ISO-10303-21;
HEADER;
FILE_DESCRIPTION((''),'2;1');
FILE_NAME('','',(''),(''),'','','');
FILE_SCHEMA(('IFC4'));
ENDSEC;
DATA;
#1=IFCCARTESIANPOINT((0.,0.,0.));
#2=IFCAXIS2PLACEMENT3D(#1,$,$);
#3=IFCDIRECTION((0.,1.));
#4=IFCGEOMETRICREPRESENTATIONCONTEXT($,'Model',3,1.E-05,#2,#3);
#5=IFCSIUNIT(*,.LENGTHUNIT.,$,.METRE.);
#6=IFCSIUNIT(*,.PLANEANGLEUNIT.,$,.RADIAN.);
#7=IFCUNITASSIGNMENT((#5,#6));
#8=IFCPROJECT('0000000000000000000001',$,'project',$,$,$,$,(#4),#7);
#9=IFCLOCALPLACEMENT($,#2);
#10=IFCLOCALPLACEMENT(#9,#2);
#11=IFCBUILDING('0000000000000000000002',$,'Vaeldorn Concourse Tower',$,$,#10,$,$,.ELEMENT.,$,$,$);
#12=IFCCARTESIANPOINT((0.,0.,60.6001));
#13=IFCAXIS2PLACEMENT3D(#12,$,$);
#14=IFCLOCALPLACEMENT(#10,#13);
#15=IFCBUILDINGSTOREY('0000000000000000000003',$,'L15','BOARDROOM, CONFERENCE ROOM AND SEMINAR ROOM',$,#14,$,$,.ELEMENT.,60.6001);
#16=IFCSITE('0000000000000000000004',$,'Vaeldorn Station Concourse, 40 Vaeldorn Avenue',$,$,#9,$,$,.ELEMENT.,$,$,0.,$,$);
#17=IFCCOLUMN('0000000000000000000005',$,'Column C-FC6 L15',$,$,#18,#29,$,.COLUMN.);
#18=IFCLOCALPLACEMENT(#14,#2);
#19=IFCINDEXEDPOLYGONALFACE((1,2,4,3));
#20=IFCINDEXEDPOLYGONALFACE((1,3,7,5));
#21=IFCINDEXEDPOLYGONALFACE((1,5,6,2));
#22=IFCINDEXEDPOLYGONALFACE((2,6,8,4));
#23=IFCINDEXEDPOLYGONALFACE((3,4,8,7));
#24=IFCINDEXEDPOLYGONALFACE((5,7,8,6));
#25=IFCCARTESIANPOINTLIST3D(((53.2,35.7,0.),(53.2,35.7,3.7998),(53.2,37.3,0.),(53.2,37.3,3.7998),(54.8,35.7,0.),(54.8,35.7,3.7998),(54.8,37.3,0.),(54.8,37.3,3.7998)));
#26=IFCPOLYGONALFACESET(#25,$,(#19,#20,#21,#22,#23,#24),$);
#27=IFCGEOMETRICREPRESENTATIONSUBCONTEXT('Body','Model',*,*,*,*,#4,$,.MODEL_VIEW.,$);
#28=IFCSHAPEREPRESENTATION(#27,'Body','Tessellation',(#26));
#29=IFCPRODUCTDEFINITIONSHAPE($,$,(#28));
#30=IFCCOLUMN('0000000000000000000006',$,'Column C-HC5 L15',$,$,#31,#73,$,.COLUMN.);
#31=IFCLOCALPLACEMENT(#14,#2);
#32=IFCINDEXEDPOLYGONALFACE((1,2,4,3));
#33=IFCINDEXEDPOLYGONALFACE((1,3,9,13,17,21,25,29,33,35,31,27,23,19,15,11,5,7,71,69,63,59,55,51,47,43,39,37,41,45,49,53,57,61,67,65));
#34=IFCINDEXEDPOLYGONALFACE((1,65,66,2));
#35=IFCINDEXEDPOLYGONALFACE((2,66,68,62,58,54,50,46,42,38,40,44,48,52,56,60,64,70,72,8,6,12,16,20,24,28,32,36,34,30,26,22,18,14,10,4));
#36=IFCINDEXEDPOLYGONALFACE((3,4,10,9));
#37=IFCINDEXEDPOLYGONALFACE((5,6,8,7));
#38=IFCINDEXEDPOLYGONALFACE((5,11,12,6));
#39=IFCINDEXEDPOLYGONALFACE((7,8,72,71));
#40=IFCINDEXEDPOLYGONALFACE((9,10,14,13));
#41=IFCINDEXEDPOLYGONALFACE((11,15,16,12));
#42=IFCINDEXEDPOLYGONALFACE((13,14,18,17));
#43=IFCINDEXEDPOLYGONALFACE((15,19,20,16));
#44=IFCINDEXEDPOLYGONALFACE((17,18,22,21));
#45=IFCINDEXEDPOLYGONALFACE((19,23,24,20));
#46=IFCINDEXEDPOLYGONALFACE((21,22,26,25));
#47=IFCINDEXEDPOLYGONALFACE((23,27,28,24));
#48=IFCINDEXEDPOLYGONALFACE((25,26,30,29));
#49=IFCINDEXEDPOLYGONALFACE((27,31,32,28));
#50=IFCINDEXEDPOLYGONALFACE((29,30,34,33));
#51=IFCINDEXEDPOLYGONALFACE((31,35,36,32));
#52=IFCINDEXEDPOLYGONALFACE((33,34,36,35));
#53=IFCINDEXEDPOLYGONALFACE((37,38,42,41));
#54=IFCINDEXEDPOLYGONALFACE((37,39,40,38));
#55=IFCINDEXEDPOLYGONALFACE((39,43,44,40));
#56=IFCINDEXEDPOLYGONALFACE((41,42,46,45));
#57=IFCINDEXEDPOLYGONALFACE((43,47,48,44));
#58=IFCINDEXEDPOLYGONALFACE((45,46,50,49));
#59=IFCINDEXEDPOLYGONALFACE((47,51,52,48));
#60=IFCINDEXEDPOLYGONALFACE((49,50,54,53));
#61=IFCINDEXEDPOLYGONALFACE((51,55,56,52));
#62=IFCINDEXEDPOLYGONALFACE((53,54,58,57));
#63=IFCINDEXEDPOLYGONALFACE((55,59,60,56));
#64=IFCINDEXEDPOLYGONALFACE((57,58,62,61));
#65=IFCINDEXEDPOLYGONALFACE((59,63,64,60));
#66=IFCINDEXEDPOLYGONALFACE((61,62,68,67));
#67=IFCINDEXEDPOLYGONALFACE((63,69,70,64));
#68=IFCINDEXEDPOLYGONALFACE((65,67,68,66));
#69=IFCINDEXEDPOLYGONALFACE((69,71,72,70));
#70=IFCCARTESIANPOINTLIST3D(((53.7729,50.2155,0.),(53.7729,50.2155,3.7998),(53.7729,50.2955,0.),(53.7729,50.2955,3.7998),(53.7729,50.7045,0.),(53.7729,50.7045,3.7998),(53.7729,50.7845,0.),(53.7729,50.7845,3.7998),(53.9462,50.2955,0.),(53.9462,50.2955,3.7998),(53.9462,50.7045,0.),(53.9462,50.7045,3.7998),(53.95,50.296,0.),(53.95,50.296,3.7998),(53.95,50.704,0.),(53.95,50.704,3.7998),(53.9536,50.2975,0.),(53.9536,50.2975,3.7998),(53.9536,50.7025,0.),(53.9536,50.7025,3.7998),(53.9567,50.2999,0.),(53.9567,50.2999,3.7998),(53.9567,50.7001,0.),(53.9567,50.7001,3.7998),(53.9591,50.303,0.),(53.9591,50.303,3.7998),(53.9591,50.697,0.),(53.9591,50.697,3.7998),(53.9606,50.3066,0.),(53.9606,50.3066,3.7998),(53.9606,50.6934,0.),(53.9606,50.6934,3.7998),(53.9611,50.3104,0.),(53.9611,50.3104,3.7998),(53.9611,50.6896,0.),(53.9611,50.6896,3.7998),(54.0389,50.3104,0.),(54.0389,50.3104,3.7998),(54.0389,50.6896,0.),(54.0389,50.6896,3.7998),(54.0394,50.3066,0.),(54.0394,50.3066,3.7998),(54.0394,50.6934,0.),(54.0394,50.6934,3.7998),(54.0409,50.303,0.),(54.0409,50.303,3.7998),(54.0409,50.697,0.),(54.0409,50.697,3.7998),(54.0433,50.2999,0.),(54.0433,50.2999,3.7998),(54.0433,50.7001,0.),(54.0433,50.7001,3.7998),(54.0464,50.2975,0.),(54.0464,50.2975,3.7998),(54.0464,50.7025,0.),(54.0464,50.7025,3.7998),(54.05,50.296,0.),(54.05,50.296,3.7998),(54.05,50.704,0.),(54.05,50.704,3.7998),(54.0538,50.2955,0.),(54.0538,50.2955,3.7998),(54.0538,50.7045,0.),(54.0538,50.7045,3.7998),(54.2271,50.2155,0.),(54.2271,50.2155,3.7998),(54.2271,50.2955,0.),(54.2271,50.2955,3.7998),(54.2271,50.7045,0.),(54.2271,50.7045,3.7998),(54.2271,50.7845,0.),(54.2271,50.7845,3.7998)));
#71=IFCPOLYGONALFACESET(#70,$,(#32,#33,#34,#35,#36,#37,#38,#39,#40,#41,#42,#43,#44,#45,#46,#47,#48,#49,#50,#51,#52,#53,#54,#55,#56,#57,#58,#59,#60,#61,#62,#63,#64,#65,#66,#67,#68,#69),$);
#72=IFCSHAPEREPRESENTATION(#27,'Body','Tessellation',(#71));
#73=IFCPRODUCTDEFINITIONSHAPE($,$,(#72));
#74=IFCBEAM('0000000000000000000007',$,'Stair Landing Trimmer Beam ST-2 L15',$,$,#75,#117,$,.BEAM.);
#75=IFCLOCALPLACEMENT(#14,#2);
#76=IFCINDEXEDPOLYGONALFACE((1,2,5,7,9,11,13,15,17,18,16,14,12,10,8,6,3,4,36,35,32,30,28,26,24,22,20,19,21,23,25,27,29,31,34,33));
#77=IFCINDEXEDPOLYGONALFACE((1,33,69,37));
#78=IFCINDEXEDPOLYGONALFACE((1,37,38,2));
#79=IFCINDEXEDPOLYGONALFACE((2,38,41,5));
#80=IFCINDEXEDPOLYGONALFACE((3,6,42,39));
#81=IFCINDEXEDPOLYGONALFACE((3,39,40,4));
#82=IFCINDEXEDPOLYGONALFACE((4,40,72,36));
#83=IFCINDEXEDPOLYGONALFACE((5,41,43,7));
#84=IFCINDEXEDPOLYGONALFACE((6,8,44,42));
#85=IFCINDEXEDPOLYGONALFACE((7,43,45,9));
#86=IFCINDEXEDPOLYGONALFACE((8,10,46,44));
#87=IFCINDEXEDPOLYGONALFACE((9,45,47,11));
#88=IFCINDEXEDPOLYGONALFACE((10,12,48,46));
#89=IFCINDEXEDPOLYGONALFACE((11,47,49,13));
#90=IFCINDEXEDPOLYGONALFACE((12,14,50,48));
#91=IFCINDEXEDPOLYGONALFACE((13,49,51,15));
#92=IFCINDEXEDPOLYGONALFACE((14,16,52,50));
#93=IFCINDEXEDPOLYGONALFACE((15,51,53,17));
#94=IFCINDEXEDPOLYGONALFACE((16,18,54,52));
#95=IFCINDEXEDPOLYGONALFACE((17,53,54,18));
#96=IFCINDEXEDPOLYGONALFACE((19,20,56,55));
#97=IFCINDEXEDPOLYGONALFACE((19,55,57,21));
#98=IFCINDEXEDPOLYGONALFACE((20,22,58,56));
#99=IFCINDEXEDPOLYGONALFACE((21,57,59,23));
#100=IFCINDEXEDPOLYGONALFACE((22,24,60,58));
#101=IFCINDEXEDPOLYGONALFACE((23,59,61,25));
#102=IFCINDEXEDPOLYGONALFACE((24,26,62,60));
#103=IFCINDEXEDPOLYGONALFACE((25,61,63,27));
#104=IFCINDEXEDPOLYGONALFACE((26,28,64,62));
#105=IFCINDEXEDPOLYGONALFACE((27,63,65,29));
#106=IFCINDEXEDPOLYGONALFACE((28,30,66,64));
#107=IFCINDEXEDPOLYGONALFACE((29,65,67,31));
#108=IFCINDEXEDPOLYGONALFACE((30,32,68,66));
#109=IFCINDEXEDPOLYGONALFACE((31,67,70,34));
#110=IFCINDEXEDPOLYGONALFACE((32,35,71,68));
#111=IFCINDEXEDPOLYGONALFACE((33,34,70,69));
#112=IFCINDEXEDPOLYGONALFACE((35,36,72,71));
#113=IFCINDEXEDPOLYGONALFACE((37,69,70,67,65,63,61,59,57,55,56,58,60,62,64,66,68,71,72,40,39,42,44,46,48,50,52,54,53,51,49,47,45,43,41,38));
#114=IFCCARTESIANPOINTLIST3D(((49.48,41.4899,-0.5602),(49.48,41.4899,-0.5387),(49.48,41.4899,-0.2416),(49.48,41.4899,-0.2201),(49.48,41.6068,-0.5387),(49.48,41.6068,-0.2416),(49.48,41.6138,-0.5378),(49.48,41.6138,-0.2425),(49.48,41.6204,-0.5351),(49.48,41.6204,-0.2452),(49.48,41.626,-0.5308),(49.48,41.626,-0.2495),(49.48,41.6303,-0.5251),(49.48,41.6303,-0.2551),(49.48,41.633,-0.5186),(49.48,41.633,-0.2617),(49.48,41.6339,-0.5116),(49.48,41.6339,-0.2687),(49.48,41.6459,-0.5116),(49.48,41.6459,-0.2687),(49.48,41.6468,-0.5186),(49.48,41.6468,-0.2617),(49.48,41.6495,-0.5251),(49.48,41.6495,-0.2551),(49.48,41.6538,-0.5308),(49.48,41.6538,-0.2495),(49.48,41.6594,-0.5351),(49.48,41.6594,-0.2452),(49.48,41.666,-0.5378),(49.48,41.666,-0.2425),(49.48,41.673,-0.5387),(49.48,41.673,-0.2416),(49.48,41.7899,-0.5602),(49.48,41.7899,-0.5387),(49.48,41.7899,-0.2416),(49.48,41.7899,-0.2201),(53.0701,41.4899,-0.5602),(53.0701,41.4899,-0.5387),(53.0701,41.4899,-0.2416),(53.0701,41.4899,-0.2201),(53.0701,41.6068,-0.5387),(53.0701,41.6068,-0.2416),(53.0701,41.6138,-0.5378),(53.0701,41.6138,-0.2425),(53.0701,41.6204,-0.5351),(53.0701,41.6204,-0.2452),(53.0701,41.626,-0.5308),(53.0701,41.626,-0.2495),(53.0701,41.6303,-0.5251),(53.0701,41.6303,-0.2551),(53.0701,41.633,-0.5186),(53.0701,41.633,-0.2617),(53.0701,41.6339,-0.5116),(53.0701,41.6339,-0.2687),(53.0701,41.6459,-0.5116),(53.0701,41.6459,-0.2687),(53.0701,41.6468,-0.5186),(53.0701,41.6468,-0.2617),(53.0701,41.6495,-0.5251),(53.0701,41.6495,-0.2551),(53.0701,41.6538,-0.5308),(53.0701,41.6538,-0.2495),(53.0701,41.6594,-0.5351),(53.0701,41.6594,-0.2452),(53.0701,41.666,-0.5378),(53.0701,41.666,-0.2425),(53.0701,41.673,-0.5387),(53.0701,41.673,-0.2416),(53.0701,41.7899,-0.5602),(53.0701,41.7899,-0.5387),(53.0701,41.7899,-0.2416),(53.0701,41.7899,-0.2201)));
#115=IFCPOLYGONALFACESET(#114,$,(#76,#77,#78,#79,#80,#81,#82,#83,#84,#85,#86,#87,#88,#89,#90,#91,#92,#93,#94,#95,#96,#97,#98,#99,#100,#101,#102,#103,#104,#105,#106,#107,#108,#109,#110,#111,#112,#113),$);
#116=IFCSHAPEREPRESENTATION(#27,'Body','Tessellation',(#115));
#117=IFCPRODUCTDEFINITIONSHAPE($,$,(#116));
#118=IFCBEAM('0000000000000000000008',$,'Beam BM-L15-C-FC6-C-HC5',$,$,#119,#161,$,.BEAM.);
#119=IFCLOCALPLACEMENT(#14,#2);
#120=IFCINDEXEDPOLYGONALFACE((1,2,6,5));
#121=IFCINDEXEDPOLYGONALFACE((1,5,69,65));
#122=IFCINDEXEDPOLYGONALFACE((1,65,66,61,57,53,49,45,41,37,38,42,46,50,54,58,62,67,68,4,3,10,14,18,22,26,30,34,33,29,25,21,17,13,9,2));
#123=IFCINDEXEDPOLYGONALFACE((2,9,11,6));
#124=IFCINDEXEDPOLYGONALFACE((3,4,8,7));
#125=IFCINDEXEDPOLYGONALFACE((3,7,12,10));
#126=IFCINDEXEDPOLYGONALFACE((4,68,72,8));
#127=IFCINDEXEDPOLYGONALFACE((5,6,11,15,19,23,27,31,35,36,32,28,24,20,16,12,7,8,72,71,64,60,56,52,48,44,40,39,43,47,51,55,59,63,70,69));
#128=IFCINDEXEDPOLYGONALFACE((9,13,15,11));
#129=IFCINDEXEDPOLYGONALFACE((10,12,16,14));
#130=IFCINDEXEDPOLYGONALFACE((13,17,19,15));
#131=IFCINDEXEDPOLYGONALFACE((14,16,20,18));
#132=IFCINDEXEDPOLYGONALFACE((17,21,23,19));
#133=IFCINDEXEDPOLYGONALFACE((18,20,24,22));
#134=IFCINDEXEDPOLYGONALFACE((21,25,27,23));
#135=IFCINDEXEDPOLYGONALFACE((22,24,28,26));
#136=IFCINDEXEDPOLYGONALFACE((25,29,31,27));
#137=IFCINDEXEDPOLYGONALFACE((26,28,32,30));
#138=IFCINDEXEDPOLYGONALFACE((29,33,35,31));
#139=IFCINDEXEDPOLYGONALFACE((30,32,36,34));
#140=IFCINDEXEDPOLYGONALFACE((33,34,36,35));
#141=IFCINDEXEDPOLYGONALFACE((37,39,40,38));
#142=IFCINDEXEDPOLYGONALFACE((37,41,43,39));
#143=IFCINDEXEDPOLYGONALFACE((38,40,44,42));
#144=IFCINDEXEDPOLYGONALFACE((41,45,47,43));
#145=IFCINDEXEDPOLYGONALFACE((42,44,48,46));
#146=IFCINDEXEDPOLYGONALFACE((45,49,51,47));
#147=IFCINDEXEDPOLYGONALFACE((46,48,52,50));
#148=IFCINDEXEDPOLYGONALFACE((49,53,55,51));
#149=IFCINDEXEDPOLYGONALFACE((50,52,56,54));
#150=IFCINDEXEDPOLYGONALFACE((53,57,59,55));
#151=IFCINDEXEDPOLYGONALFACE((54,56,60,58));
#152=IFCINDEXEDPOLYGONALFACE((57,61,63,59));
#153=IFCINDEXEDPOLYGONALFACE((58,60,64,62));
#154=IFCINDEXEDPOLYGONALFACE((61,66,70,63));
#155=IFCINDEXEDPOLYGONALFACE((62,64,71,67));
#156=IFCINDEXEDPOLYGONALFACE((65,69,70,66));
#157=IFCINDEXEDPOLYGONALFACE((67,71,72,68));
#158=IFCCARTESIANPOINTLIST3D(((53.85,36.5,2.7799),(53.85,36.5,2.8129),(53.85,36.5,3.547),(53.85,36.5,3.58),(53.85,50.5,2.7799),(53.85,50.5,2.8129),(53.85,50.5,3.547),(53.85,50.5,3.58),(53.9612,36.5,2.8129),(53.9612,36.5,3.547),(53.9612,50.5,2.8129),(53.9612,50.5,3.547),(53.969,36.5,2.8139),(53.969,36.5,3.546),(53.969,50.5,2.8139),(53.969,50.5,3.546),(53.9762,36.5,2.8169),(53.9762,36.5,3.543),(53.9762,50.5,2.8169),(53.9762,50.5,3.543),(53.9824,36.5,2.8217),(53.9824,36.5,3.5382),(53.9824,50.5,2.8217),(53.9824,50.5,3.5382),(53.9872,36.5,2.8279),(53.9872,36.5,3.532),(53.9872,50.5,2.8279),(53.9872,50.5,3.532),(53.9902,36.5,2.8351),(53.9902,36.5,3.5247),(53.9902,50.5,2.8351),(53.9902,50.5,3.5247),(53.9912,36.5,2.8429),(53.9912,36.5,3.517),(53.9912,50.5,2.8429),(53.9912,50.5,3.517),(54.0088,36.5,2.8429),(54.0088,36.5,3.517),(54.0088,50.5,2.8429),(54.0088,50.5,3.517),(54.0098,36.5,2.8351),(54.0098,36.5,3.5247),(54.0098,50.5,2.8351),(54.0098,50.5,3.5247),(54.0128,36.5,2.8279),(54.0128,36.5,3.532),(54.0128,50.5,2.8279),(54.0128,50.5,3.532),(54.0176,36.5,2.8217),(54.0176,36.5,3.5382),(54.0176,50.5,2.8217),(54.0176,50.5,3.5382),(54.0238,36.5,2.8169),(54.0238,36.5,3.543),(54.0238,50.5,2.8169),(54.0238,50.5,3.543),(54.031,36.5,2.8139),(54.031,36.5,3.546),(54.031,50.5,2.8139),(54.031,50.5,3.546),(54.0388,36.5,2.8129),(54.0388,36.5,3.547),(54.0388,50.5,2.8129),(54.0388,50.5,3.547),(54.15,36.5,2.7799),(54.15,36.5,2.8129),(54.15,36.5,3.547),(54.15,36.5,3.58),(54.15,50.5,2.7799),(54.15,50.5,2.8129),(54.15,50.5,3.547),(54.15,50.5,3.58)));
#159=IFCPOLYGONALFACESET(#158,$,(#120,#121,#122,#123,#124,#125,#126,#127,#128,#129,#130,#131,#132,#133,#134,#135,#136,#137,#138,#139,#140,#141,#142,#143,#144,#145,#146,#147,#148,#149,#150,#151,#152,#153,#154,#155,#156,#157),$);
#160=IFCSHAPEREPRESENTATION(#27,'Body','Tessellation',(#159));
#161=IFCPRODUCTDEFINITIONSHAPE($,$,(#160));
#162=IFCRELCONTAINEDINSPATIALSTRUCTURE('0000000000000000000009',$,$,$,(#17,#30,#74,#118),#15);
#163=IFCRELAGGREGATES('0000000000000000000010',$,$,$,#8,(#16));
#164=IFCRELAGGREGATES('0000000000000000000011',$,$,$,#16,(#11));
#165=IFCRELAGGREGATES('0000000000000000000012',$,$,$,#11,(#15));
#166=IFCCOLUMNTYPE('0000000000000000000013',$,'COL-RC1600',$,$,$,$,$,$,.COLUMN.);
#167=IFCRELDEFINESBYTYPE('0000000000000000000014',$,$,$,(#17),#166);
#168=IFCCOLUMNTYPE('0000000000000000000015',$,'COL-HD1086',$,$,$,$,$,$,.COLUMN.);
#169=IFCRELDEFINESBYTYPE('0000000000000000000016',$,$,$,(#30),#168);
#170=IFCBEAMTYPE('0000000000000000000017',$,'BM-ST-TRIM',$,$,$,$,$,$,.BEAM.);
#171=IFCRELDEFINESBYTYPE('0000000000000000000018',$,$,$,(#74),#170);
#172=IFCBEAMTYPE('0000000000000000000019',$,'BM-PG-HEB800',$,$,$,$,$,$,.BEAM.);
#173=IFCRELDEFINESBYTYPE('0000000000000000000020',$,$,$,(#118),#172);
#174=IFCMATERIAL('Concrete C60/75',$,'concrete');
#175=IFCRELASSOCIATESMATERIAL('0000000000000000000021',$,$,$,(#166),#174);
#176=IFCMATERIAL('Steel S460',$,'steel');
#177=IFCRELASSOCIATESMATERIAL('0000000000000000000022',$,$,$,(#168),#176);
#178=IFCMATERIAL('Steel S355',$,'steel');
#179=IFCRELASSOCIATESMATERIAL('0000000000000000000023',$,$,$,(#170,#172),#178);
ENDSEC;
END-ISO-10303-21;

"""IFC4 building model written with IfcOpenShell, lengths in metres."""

from ifc_helpers import new_model, si_unit, direction, frame, origin, origin_2d, place, context, subcontext, project, spatial, rectangle, i_section, extrude, source, transform, mapped, material, material_profile, profile_set, type_object, element, save


model = new_model("IFC4")

# Units and contexts
model_context = context("Model", 3, precision=1e-05, world=origin(), true_north=direction((0.0, 1.0)))
body_context = subcontext(model_context, "Body", "Model", "MODEL_VIEW")
ifc_project = project(units=[si_unit("LENGTHUNIT", "METRE"), si_unit("PLANEANGLEUNIT", "RADIAN")], contexts=[model_context])

# Site, building, storey
site_placement = place(None, origin())
site = spatial("IfcSite", under=ifc_project, at=site_placement, Name="Vaeldorn Station Concourse, 40 Vaeldorn Avenue", CompositionType="ELEMENT", RefElevation=0.0)
building_placement = place(site_placement, origin())
building = spatial("IfcBuilding", under=site, at=building_placement, Name="Vaeldorn Concourse Tower", CompositionType="ELEMENT")
storey_placement = place(building_placement, frame((0.0, 0.0, 60.6001)))
storey = spatial("IfcBuildingStorey", under=building, at=storey_placement, Name="L15", Description="BOARDROOM, CONFERENCE ROOM AND SEMINAR ROOM", CompositionType="ELEMENT", Elevation=60.6001)

# Columns
ifc_material_1 = material(Name="Concrete C60/75", Category="concrete")
ifc_material_profile_1 = material_profile(ifc_material_1, rectangle(XDim=1.6001, YDim=1.6001, at=origin_2d()), Name="RC 1600x1600")
ifc_profile_set_1 = profile_set([ifc_material_profile_1], Name="Concrete C60/75")
column_type_1 = type_object("IfcColumnType", Name="COL-RC1600", PredefinedType="COLUMN", material=ifc_profile_set_1)
shared_shape_1 = source(origin(), body_context, "Body", "SweptSolid", [
    extrude(rectangle(XDim=1.6001, YDim=1.6001, at=origin_2d()), origin(), (0.0, 0.0, 1.0), 3.7998),
])
column_1_placement = place(storey_placement, frame((54.0, 36.5, 0.0), z_axis=(0.0, 0.0, 1.0), x_axis=(1.0, 0.0, 0.0)))
element("IfcColumn", 1, at=column_1_placement, inside=storey, type_object=column_type_1, Name="Column C-FC6 L15", PredefinedType="COLUMN", context=body_context, shape_type="MappedRepresentation", body=[
    mapped(shared_shape_1, transform((0.0, 0.0, 0.0), scale=1.0)),
])
ifc_material_2 = material(Name="Steel S460", Category="steel")
ifc_material_profile_2 = material_profile(ifc_material_2, i_section(OverallWidth=0.4541, OverallDepth=0.5691, WebThickness=0.0779, FlangeThickness=0.0801, FilletRadius=0.0149, at=origin_2d()), Name="HD 400x1086")
ifc_profile_set_2 = profile_set([ifc_material_profile_2], Name="Steel S460")
column_type_2 = type_object("IfcColumnType", Name="COL-HD1086", PredefinedType="COLUMN", material=ifc_profile_set_2)
shared_shape_2 = source(origin(), body_context, "Body", "SweptSolid", [
    extrude(i_section(OverallWidth=0.4541, OverallDepth=0.5691, WebThickness=0.0779, FlangeThickness=0.0801, FilletRadius=0.0149, at=origin_2d()), origin(), (0.0, 0.0, 1.0), 3.7998),
])
column_2_placement = place(storey_placement, frame((54.0, 50.5, 0.0), z_axis=(0.0, 0.0, 1.0), x_axis=(1.0, 0.0, 0.0)))
element("IfcColumn", 2, at=column_2_placement, inside=storey, type_object=column_type_2, Name="Column C-HC5 L15", PredefinedType="COLUMN", context=body_context, shape_type="MappedRepresentation", body=[
    mapped(shared_shape_2, transform((0.0, 0.0, 0.0), scale=1.0)),
])

# Beams
ifc_material_3 = material(Name="Steel S355", Category="steel")
ifc_material_profile_3 = material_profile(ifc_material_3, i_section(OverallWidth=0.3, OverallDepth=0.3401, WebThickness=0.012, FlangeThickness=0.0215, FilletRadius=0.0271, at=origin_2d()), Name="HEB 340")
ifc_profile_set_3 = profile_set([ifc_material_profile_3], Name="Steel S355")
beam_type_1 = type_object("IfcBeamType", Name="BM-ST-TRIM", PredefinedType="BEAM", material=ifc_profile_set_3)
shared_shape_3 = source(origin(), body_context, "Body", "SweptSolid", [
    extrude(i_section(OverallWidth=0.3, OverallDepth=0.3401, WebThickness=0.012, FlangeThickness=0.0215, FilletRadius=0.0271, at=origin_2d()), origin(), (0.0, 0.0, 1.0), 3.5901),
])
beam_1_placement = place(storey_placement, frame((49.48, 41.6399, -0.3901), z_axis=(1.0, 0.0, 0.0), x_axis=(0.0, 1.0, 0.0)))
element("IfcBeam", 3, at=beam_1_placement, inside=storey, type_object=beam_type_1, Name="Stair Landing Trimmer Beam ST-2 L15", PredefinedType="BEAM", context=body_context, shape_type="MappedRepresentation", body=[
    mapped(shared_shape_3, transform((0.0, 0.0, 0.0), scale=1.0)),
])
ifc_material_profile_4 = material_profile(ifc_material_3, i_section(OverallWidth=0.3, OverallDepth=0.8, WebThickness=0.0176, FlangeThickness=0.033, FilletRadius=0.03, at=origin_2d()), Name="HEB 800")
ifc_profile_set_4 = profile_set([ifc_material_profile_4], Name="Steel S355")
beam_type_2 = type_object("IfcBeamType", Name="BM-PG-HEB800", PredefinedType="BEAM", material=ifc_profile_set_4)
shared_shape_4 = source(origin(), body_context, "Body", "SweptSolid", [
    extrude(i_section(OverallWidth=0.3, OverallDepth=0.8, WebThickness=0.0176, FlangeThickness=0.033, FilletRadius=0.03, at=origin_2d()), origin(), (0.0, 0.0, 1.0), 14.0),
])
beam_2_placement = place(storey_placement, frame((54.0, 36.5, 3.1799), z_axis=(0.0, 1.0, 0.0), x_axis=(-1.0, 0.0, 0.0)))
element("IfcBeam", 4, at=beam_2_placement, inside=storey, type_object=beam_type_2, Name="Beam BM-L15-C-FC6-C-HC5", PredefinedType="BEAM", context=body_context, shape_type="MappedRepresentation", body=[
    mapped(shared_shape_4, transform((0.0, 0.0, 0.0), scale=1.0)),
])

save(model, "model.ifc")
